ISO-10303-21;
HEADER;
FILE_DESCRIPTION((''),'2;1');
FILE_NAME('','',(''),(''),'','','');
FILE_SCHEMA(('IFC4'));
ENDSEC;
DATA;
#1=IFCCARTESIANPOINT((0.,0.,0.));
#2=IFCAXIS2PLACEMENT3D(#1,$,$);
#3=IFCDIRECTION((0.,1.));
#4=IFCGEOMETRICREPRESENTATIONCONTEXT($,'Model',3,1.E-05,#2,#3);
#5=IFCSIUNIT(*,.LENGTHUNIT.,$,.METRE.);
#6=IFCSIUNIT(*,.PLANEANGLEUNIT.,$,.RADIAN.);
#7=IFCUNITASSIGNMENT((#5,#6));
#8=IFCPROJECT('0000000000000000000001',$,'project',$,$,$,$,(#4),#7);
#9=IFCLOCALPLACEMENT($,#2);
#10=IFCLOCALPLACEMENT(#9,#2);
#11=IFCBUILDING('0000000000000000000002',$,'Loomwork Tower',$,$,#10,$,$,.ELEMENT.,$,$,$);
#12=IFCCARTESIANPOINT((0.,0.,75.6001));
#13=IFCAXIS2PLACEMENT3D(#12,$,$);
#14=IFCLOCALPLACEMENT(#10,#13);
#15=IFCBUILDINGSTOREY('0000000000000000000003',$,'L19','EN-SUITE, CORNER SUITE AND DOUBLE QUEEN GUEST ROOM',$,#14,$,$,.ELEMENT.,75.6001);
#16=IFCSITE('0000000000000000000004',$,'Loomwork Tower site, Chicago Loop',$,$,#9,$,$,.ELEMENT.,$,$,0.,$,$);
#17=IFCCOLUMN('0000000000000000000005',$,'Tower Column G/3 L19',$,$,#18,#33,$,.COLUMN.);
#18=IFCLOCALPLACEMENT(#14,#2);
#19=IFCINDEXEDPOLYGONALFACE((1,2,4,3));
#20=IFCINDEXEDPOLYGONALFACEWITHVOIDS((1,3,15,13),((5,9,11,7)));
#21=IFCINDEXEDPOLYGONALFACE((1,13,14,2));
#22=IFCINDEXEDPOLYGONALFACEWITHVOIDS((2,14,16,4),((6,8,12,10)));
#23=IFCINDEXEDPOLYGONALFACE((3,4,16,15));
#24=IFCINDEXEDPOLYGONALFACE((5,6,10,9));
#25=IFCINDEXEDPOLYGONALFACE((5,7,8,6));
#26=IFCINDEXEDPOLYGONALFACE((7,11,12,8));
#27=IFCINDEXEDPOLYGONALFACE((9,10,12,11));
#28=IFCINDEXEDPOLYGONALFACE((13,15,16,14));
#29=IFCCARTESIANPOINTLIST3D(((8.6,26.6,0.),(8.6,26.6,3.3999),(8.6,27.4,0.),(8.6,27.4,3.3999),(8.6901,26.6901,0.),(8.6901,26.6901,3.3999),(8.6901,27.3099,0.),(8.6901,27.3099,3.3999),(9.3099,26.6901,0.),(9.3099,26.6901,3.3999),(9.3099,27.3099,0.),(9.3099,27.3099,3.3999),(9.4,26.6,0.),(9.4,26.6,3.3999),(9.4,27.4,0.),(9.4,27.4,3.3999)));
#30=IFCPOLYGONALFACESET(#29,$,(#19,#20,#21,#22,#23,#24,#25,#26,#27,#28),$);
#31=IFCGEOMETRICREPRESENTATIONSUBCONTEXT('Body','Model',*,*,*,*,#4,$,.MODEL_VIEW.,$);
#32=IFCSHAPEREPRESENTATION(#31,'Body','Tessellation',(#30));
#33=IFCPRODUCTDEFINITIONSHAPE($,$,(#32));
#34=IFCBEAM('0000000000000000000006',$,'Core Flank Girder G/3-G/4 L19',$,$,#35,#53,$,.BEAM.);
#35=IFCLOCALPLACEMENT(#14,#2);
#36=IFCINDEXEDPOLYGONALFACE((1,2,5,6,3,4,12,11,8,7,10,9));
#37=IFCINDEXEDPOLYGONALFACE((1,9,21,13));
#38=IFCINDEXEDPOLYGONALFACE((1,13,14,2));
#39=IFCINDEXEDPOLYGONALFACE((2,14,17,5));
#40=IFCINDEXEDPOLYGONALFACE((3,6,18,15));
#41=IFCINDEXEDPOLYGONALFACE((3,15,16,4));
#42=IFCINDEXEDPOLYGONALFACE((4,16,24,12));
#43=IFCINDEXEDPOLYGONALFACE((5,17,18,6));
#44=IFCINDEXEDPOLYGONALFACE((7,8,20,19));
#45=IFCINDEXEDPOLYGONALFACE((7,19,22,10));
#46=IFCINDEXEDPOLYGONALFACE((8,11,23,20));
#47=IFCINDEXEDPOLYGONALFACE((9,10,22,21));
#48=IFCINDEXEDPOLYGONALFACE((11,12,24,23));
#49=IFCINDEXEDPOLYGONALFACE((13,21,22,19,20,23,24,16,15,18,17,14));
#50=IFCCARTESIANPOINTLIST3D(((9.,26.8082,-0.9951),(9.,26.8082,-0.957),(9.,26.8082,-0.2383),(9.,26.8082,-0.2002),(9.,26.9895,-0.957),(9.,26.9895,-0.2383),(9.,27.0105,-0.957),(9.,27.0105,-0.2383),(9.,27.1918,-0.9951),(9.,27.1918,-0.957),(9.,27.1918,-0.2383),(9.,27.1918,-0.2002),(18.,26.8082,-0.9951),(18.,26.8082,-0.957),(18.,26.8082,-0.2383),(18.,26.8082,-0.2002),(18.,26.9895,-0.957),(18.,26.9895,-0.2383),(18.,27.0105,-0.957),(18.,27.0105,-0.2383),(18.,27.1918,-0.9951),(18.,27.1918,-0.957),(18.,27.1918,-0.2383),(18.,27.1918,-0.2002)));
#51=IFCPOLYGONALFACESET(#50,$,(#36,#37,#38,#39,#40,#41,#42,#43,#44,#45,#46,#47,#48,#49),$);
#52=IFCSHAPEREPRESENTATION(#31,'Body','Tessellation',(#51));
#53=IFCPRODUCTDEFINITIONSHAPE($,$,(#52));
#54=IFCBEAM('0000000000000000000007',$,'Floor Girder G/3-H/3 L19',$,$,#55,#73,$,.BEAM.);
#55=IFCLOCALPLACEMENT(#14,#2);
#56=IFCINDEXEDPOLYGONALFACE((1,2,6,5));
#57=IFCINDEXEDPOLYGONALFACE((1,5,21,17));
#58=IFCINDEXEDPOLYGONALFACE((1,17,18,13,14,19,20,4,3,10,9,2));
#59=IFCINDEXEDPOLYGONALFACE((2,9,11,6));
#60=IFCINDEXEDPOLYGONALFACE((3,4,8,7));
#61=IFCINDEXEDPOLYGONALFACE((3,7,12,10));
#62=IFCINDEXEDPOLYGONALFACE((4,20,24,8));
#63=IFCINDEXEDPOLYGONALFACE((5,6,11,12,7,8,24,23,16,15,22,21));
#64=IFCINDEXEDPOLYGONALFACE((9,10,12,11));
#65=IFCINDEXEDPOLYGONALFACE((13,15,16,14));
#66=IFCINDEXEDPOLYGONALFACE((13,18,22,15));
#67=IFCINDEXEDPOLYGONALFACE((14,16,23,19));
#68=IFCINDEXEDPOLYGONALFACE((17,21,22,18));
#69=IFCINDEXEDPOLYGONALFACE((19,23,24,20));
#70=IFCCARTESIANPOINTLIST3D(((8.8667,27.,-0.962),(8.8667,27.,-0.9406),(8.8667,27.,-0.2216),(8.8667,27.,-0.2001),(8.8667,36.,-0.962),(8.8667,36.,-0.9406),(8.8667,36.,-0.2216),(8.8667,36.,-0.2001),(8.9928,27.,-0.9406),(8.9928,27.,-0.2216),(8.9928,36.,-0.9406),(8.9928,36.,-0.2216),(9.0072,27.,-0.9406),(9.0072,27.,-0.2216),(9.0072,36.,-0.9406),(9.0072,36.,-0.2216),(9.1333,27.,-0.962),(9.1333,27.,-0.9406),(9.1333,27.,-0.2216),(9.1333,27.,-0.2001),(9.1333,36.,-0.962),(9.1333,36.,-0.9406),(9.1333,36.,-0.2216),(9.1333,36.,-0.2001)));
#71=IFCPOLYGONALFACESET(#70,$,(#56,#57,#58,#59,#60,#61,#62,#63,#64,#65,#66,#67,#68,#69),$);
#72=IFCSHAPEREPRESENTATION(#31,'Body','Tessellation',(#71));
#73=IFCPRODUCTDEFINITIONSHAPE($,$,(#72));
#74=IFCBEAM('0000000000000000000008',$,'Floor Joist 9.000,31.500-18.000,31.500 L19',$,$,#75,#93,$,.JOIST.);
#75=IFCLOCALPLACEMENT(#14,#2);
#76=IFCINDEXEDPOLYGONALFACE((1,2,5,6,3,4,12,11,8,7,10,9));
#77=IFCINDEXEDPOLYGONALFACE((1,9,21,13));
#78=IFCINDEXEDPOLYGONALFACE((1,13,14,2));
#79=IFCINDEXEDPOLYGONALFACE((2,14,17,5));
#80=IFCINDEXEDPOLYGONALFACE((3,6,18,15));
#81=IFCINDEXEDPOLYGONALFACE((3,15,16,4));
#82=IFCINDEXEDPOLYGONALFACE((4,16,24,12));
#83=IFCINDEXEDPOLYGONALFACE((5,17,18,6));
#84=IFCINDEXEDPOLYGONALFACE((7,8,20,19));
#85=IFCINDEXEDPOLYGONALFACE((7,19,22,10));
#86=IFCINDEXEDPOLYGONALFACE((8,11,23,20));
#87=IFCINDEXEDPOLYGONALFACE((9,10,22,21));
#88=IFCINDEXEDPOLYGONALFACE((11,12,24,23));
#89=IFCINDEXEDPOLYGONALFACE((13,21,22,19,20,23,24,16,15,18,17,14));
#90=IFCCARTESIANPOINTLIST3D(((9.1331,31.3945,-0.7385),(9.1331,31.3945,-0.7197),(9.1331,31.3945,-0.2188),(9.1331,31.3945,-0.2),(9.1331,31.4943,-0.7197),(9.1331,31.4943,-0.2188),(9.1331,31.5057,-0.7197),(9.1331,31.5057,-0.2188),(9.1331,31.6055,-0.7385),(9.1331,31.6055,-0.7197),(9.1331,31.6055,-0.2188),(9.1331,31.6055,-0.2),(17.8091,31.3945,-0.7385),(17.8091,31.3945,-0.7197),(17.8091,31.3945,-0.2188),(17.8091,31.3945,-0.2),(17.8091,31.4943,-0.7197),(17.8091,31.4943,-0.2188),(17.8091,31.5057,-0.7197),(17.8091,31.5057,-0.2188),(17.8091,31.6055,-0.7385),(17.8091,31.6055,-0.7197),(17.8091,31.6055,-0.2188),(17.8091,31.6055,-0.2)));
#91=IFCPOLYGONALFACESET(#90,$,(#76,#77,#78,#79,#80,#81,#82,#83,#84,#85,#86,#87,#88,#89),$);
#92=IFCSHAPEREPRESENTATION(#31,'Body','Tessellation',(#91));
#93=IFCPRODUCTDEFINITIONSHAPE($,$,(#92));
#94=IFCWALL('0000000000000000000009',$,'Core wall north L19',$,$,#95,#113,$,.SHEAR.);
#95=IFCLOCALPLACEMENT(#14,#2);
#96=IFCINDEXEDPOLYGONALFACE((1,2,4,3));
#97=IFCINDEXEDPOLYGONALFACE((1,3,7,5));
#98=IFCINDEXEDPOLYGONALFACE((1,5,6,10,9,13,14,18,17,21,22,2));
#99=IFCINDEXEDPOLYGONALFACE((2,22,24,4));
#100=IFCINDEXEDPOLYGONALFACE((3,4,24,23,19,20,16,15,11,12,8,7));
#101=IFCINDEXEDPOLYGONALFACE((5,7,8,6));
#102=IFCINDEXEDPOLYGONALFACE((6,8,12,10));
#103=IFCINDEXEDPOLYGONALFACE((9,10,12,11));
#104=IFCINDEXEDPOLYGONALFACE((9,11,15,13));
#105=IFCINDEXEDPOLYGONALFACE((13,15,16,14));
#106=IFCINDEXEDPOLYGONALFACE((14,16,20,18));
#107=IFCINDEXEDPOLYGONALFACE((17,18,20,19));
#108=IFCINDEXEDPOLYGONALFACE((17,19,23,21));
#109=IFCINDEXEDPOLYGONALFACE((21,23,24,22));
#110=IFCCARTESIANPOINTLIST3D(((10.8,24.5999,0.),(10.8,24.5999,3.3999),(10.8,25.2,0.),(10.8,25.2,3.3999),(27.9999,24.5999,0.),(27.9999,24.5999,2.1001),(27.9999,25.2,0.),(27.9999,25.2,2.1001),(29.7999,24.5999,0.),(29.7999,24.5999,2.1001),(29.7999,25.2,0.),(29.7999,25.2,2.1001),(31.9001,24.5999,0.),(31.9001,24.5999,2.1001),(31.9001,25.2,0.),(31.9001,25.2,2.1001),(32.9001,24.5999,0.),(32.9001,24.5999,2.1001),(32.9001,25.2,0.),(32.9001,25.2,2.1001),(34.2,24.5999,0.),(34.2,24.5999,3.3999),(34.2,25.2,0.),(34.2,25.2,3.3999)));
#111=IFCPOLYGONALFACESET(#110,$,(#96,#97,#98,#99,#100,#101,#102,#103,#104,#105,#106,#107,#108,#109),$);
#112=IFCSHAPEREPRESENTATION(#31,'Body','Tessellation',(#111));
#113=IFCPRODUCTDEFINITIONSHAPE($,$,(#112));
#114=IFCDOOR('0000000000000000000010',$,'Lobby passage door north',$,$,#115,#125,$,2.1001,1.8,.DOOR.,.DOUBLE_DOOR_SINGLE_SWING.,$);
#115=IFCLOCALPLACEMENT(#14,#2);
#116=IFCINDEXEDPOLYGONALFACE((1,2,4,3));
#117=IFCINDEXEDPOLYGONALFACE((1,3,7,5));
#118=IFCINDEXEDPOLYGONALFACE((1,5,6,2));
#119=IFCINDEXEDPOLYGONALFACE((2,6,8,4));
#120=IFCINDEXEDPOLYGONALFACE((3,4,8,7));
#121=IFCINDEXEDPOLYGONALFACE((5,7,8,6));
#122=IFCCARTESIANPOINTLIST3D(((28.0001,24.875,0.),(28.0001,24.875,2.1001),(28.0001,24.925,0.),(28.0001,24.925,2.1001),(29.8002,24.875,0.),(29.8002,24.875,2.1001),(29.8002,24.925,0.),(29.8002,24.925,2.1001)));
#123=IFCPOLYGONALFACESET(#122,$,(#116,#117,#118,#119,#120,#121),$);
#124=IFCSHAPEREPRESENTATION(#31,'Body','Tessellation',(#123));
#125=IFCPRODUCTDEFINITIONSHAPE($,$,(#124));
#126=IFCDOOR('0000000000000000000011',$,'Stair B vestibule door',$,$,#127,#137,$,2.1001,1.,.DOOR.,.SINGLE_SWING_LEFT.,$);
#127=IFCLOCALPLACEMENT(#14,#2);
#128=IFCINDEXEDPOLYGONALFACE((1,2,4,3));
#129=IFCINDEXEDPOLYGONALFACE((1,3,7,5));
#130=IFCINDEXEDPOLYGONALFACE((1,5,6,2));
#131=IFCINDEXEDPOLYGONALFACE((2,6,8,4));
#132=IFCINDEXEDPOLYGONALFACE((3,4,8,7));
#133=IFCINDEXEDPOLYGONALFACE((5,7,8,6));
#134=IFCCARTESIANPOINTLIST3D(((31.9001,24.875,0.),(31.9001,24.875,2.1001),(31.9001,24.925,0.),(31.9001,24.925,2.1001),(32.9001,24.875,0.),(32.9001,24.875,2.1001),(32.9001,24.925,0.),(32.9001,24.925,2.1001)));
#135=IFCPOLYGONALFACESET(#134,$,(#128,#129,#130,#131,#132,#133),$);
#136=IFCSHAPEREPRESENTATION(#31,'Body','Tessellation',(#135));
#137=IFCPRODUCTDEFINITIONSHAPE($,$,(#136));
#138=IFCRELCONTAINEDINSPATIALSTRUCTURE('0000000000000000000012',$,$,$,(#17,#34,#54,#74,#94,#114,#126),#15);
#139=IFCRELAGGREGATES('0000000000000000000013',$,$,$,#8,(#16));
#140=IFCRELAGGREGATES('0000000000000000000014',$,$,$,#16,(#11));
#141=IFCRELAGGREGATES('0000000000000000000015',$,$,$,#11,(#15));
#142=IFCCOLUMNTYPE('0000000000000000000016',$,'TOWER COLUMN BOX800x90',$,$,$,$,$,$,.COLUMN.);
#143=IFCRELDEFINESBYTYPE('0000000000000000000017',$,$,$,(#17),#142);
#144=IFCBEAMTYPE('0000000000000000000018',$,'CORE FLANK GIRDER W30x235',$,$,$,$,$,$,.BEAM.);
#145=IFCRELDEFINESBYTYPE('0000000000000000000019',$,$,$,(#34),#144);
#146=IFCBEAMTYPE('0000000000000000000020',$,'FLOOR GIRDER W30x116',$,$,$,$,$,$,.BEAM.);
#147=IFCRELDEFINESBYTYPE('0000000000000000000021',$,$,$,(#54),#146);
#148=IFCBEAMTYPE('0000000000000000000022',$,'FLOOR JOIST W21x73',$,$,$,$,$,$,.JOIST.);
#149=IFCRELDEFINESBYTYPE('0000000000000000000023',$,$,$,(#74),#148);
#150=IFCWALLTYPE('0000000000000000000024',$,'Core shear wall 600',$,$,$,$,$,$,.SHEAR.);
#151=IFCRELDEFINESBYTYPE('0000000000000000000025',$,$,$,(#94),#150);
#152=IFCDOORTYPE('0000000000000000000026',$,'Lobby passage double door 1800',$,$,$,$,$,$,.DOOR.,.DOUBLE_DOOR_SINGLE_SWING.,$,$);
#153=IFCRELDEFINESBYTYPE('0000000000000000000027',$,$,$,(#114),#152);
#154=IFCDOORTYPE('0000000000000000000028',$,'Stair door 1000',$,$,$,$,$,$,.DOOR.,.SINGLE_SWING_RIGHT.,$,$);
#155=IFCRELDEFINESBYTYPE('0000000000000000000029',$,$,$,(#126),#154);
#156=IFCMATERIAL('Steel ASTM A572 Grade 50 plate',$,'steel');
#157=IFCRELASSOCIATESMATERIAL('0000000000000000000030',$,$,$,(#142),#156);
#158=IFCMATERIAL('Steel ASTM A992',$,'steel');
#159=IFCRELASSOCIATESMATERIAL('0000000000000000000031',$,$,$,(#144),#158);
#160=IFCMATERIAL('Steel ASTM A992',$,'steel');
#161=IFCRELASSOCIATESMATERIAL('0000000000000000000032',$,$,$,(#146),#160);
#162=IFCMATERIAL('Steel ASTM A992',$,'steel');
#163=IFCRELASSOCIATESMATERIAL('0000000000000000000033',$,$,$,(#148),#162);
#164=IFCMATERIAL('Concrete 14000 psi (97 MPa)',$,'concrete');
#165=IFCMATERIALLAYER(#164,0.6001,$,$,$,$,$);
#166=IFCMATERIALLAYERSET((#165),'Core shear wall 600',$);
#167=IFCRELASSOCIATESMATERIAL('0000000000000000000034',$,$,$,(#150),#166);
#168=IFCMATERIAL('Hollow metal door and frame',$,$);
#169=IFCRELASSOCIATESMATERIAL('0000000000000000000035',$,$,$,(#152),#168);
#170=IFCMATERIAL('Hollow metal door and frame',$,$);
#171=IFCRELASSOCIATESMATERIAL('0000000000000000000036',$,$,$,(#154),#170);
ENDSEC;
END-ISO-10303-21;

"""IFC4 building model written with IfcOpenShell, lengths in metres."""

from ifc_helpers import new_model, si_unit, direction, frame, frame_2d, origin, origin_2d, place, context, subcontext, project, spatial, rectangle, hollow_rectangle, i_section, extrude, material, layer, layer_set, material_profile, profile_set, type_object, element, fill, save


model = new_model("IFC4")

# Units and contexts
model_context = context("Model", 3, precision=1e-05, world=origin(), true_north=direction((0.0, 1.0)))
body_context = subcontext(model_context, "Body", "Model", "MODEL_VIEW")
ifc_project = project(units=[si_unit("LENGTHUNIT", "METRE"), si_unit("PLANEANGLEUNIT", "RADIAN")], contexts=[model_context])

# Site, building, storey
site_placement = place(None, origin())
site = spatial("IfcSite", under=ifc_project, at=site_placement, Name="Loomwork Tower site, Chicago Loop", CompositionType="ELEMENT", RefElevation=0.0)
building_placement = place(site_placement, origin())
building = spatial("IfcBuilding", under=site, at=building_placement, Name="Loomwork Tower", CompositionType="ELEMENT")
storey_placement = place(building_placement, frame((0.0, 0.0, 75.6001)))
storey = spatial("IfcBuildingStorey", under=building, at=storey_placement, Name="L19", Description="EN-SUITE, CORNER SUITE AND DOUBLE QUEEN GUEST ROOM", CompositionType="ELEMENT", Elevation=75.6001)

# Column
ifc_material_1 = material(Name="Steel ASTM A572 Grade 50 plate", Category="steel")
ifc_material_profile_1 = material_profile(ifc_material_1, hollow_rectangle(XDim=0.8, YDim=0.8, WallThickness=0.0901, at=origin_2d()), Name="BOX800x90")
ifc_profile_set_1 = profile_set([ifc_material_profile_1], Name="Steel ASTM A572 Grade 50 plate")
column_type = type_object("IfcColumnType", Name="TOWER COLUMN BOX800x90", PredefinedType="COLUMN", material=ifc_profile_set_1)
column_placement = place(storey_placement, frame((9.0, 27.0, 0.0), z_axis=(0.0, 0.0, 1.0), x_axis=(1.0, 0.0, 0.0)))
element("IfcColumn", 1, at=column_placement, inside=storey, type_object=column_type, Name="Tower Column G/3 L19", PredefinedType="COLUMN", context=body_context, shape_type="SweptSolid", body=[
    extrude(hollow_rectangle(XDim=0.8, YDim=0.8, WallThickness=0.0901, at=origin_2d()), origin(), (0.0, 0.0, 1.0), 3.3999),
])

# Beams
ifc_material_2 = material(Name="Steel ASTM A992", Category="steel")
ifc_material_profile_2 = material_profile(ifc_material_2, i_section(OverallWidth=0.3835, OverallDepth=0.7949, WebThickness=0.021, FlangeThickness=0.0381, at=origin_2d()), Name="W30x235")
ifc_profile_set_2 = profile_set([ifc_material_profile_2], Name="Steel ASTM A992")
beam_type_1 = type_object("IfcBeamType", Name="CORE FLANK GIRDER W30x235", PredefinedType="BEAM", material=ifc_profile_set_2)
beam_1_placement = place(storey_placement, frame((9.0, 27.0, -0.5977), z_axis=(1.0, 0.0, 0.0), x_axis=(0.0, 1.0, 0.0)))
element("IfcBeam", 2, at=beam_1_placement, inside=storey, type_object=beam_type_1, Name="Core Flank Girder G/3-G/4 L19", PredefinedType="BEAM", context=body_context, shape_type="SweptSolid", body=[
    extrude(i_section(OverallWidth=0.3835, OverallDepth=0.7949, WebThickness=0.021, FlangeThickness=0.0381, at=origin_2d()), origin(), (0.0, 0.0, 1.0), 9.0),
])
ifc_material_3 = material(Name="Steel ASTM A992", Category="steel")
ifc_material_profile_3 = material_profile(ifc_material_3, i_section(OverallWidth=0.2666, OverallDepth=0.762, WebThickness=0.0144, FlangeThickness=0.0215, at=origin_2d()), Name="W30x116")
ifc_profile_set_3 = profile_set([ifc_material_profile_3], Name="Steel ASTM A992")
beam_type_2 = type_object("IfcBeamType", Name="FLOOR GIRDER W30x116", PredefinedType="BEAM", material=ifc_profile_set_3)
beam_2_placement = place(storey_placement, frame((9.0, 27.0, -0.5811), z_axis=(0.0, 1.0, 0.0), x_axis=(-1.0, 0.0, 0.0)))
element("IfcBeam", 3, at=beam_2_placement, inside=storey, type_object=beam_type_2, Name="Floor Girder G/3-H/3 L19", PredefinedType="BEAM", context=body_context, shape_type="SweptSolid", body=[
    extrude(i_section(OverallWidth=0.2666, OverallDepth=0.762, WebThickness=0.0144, FlangeThickness=0.0215, at=origin_2d()), origin(), (0.0, 0.0, 1.0), 9.0),
])
ifc_material_4 = material(Name="Steel ASTM A992", Category="steel")
ifc_material_profile_4 = material_profile(ifc_material_4, i_section(OverallWidth=0.2109, OverallDepth=0.5386, WebThickness=0.0115, FlangeThickness=0.0188, at=origin_2d()), Name="W21x73")
ifc_profile_set_4 = profile_set([ifc_material_profile_4], Name="Steel ASTM A992")
beam_type_3 = type_object("IfcBeamType", Name="FLOOR JOIST W21x73", PredefinedType="JOIST", material=ifc_profile_set_4)
beam_3_placement = place(storey_placement, frame((9.1331, 31.5, -0.4692), z_axis=(1.0, 0.0, 0.0), x_axis=(0.0, 1.0, 0.0)))
element("IfcBeam", 4, at=beam_3_placement, inside=storey, type_object=beam_type_3, Name="Floor Joist 9.000,31.500-18.000,31.500 L19", PredefinedType="JOIST", context=body_context, shape_type="SweptSolid", body=[
    extrude(i_section(OverallWidth=0.2109, OverallDepth=0.5386, WebThickness=0.0115, FlangeThickness=0.0188, at=origin_2d()), origin(), (0.0, 0.0, 1.0), 8.676),
])

# Wall, openings, doors
ifc_material_5 = material(Name="Concrete 14000 psi (97 MPa)", Category="concrete")
ifc_layer_1 = layer(ifc_material_5, 0.6001)
ifc_layer_set_1 = layer_set([ifc_layer_1], Name="Core shear wall 600")
wall_type_1 = type_object("IfcWallType", Name="Core shear wall 600", PredefinedType="SHEAR", material=ifc_layer_set_1)
wall_1_placement = place(storey_placement, frame((10.8, 24.8999, 0.0), z_axis=(0.0, 0.0, 1.0), x_axis=(1.0, 0.0, 0.0)))
wall_1 = element("IfcWall", 5, at=wall_1_placement, inside=storey, type_object=wall_type_1, Name="Core wall north L19", PredefinedType="SHEAR", context=body_context, shape_type="SweptSolid", body=[
    extrude(rectangle(XDim=23.3999, YDim=0.6001, at=frame_2d((11.7, 0.0))), origin(), (0.0, 0.0, 1.0), 3.3999),
])
opening_1_placement = place(wall_1_placement, frame((17.2, 0.0, 0.0)))
opening_1 = element("IfcOpeningElement", 6, at=opening_1_placement, cuts=wall_1, PredefinedType="OPENING", context=body_context, shape_type="SweptSolid", body=[
    extrude(rectangle(XDim=1.8, YDim=2.1001, at=frame_2d((0.8999, 1.05))), frame((0.0, 0.3101, 0.0), z_axis=(0.0, -1.0, 0.0), x_axis=(1.0, 0.0, 0.0)), (0.0, 0.0, 1.0), 0.6201),
])
opening_2_placement = place(wall_1_placement, frame((21.1001, 0.0, 0.0)))
opening_2 = element("IfcOpeningElement", 7, at=opening_2_placement, cuts=wall_1, PredefinedType="OPENING", context=body_context, shape_type="SweptSolid", body=[
    extrude(rectangle(XDim=1.0, YDim=2.1001, at=frame_2d((0.5, 1.05))), frame((0.0, 0.3101, 0.0), z_axis=(0.0, -1.0, 0.0), x_axis=(1.0, 0.0, 0.0)), (0.0, 0.0, 1.0), 0.6201),
])
ifc_material_6 = material(Name="Hollow metal door and frame")
door_type_1 = type_object("IfcDoorType", Name="Lobby passage double door 1800", OperationType="DOUBLE_DOOR_SINGLE_SWING", PredefinedType="DOOR", material=ifc_material_6)
door_1_placement = place(opening_1_placement, frame((1.8, 0.0, 0.0), z_axis=(0.0, 0.0, 1.0), x_axis=(-1.0, 0.0, 0.0)))
door_1 = element("IfcDoor", 8, at=door_1_placement, inside=storey, type_object=door_type_1, Name="Lobby passage door north", OperationType="DOUBLE_DOOR_SINGLE_SWING", OverallHeight=2.1001, OverallWidth=1.8, PredefinedType="DOOR", context=body_context, shape_type="SweptSolid", body=[
    extrude(rectangle(XDim=1.8, YDim=2.1001, at=frame_2d((0.8999, 1.05))), frame((0.0, 0.0249, 0.0), z_axis=(0.0, -1.0, 0.0), x_axis=(1.0, 0.0, 0.0)), (0.0, 0.0, 1.0), 0.05),
])
fill(opening_1, door_1)
ifc_material_7 = material(Name="Hollow metal door and frame")
door_type_2 = type_object("IfcDoorType", Name="Stair door 1000", OperationType="SINGLE_SWING_RIGHT", PredefinedType="DOOR", material=ifc_material_7)
door_2_placement = place(opening_2_placement, frame((1.0, 0.0, 0.0), z_axis=(0.0, 0.0, 1.0), x_axis=(-1.0, 0.0, 0.0)))
door_2 = element("IfcDoor", 9, at=door_2_placement, inside=storey, type_object=door_type_2, Name="Stair B vestibule door", OperationType="SINGLE_SWING_LEFT", OverallHeight=2.1001, OverallWidth=1.0, PredefinedType="DOOR", context=body_context, shape_type="SweptSolid", body=[
    extrude(rectangle(XDim=1.0, YDim=2.1001, at=frame_2d((0.5, 1.05))), frame((0.0, 0.0249, 0.0), z_axis=(0.0, -1.0, 0.0), x_axis=(1.0, 0.0, 0.0)), (0.0, 0.0, 1.0), 0.05),
])
fill(opening_2, door_2)

save(model, "model.ifc")
